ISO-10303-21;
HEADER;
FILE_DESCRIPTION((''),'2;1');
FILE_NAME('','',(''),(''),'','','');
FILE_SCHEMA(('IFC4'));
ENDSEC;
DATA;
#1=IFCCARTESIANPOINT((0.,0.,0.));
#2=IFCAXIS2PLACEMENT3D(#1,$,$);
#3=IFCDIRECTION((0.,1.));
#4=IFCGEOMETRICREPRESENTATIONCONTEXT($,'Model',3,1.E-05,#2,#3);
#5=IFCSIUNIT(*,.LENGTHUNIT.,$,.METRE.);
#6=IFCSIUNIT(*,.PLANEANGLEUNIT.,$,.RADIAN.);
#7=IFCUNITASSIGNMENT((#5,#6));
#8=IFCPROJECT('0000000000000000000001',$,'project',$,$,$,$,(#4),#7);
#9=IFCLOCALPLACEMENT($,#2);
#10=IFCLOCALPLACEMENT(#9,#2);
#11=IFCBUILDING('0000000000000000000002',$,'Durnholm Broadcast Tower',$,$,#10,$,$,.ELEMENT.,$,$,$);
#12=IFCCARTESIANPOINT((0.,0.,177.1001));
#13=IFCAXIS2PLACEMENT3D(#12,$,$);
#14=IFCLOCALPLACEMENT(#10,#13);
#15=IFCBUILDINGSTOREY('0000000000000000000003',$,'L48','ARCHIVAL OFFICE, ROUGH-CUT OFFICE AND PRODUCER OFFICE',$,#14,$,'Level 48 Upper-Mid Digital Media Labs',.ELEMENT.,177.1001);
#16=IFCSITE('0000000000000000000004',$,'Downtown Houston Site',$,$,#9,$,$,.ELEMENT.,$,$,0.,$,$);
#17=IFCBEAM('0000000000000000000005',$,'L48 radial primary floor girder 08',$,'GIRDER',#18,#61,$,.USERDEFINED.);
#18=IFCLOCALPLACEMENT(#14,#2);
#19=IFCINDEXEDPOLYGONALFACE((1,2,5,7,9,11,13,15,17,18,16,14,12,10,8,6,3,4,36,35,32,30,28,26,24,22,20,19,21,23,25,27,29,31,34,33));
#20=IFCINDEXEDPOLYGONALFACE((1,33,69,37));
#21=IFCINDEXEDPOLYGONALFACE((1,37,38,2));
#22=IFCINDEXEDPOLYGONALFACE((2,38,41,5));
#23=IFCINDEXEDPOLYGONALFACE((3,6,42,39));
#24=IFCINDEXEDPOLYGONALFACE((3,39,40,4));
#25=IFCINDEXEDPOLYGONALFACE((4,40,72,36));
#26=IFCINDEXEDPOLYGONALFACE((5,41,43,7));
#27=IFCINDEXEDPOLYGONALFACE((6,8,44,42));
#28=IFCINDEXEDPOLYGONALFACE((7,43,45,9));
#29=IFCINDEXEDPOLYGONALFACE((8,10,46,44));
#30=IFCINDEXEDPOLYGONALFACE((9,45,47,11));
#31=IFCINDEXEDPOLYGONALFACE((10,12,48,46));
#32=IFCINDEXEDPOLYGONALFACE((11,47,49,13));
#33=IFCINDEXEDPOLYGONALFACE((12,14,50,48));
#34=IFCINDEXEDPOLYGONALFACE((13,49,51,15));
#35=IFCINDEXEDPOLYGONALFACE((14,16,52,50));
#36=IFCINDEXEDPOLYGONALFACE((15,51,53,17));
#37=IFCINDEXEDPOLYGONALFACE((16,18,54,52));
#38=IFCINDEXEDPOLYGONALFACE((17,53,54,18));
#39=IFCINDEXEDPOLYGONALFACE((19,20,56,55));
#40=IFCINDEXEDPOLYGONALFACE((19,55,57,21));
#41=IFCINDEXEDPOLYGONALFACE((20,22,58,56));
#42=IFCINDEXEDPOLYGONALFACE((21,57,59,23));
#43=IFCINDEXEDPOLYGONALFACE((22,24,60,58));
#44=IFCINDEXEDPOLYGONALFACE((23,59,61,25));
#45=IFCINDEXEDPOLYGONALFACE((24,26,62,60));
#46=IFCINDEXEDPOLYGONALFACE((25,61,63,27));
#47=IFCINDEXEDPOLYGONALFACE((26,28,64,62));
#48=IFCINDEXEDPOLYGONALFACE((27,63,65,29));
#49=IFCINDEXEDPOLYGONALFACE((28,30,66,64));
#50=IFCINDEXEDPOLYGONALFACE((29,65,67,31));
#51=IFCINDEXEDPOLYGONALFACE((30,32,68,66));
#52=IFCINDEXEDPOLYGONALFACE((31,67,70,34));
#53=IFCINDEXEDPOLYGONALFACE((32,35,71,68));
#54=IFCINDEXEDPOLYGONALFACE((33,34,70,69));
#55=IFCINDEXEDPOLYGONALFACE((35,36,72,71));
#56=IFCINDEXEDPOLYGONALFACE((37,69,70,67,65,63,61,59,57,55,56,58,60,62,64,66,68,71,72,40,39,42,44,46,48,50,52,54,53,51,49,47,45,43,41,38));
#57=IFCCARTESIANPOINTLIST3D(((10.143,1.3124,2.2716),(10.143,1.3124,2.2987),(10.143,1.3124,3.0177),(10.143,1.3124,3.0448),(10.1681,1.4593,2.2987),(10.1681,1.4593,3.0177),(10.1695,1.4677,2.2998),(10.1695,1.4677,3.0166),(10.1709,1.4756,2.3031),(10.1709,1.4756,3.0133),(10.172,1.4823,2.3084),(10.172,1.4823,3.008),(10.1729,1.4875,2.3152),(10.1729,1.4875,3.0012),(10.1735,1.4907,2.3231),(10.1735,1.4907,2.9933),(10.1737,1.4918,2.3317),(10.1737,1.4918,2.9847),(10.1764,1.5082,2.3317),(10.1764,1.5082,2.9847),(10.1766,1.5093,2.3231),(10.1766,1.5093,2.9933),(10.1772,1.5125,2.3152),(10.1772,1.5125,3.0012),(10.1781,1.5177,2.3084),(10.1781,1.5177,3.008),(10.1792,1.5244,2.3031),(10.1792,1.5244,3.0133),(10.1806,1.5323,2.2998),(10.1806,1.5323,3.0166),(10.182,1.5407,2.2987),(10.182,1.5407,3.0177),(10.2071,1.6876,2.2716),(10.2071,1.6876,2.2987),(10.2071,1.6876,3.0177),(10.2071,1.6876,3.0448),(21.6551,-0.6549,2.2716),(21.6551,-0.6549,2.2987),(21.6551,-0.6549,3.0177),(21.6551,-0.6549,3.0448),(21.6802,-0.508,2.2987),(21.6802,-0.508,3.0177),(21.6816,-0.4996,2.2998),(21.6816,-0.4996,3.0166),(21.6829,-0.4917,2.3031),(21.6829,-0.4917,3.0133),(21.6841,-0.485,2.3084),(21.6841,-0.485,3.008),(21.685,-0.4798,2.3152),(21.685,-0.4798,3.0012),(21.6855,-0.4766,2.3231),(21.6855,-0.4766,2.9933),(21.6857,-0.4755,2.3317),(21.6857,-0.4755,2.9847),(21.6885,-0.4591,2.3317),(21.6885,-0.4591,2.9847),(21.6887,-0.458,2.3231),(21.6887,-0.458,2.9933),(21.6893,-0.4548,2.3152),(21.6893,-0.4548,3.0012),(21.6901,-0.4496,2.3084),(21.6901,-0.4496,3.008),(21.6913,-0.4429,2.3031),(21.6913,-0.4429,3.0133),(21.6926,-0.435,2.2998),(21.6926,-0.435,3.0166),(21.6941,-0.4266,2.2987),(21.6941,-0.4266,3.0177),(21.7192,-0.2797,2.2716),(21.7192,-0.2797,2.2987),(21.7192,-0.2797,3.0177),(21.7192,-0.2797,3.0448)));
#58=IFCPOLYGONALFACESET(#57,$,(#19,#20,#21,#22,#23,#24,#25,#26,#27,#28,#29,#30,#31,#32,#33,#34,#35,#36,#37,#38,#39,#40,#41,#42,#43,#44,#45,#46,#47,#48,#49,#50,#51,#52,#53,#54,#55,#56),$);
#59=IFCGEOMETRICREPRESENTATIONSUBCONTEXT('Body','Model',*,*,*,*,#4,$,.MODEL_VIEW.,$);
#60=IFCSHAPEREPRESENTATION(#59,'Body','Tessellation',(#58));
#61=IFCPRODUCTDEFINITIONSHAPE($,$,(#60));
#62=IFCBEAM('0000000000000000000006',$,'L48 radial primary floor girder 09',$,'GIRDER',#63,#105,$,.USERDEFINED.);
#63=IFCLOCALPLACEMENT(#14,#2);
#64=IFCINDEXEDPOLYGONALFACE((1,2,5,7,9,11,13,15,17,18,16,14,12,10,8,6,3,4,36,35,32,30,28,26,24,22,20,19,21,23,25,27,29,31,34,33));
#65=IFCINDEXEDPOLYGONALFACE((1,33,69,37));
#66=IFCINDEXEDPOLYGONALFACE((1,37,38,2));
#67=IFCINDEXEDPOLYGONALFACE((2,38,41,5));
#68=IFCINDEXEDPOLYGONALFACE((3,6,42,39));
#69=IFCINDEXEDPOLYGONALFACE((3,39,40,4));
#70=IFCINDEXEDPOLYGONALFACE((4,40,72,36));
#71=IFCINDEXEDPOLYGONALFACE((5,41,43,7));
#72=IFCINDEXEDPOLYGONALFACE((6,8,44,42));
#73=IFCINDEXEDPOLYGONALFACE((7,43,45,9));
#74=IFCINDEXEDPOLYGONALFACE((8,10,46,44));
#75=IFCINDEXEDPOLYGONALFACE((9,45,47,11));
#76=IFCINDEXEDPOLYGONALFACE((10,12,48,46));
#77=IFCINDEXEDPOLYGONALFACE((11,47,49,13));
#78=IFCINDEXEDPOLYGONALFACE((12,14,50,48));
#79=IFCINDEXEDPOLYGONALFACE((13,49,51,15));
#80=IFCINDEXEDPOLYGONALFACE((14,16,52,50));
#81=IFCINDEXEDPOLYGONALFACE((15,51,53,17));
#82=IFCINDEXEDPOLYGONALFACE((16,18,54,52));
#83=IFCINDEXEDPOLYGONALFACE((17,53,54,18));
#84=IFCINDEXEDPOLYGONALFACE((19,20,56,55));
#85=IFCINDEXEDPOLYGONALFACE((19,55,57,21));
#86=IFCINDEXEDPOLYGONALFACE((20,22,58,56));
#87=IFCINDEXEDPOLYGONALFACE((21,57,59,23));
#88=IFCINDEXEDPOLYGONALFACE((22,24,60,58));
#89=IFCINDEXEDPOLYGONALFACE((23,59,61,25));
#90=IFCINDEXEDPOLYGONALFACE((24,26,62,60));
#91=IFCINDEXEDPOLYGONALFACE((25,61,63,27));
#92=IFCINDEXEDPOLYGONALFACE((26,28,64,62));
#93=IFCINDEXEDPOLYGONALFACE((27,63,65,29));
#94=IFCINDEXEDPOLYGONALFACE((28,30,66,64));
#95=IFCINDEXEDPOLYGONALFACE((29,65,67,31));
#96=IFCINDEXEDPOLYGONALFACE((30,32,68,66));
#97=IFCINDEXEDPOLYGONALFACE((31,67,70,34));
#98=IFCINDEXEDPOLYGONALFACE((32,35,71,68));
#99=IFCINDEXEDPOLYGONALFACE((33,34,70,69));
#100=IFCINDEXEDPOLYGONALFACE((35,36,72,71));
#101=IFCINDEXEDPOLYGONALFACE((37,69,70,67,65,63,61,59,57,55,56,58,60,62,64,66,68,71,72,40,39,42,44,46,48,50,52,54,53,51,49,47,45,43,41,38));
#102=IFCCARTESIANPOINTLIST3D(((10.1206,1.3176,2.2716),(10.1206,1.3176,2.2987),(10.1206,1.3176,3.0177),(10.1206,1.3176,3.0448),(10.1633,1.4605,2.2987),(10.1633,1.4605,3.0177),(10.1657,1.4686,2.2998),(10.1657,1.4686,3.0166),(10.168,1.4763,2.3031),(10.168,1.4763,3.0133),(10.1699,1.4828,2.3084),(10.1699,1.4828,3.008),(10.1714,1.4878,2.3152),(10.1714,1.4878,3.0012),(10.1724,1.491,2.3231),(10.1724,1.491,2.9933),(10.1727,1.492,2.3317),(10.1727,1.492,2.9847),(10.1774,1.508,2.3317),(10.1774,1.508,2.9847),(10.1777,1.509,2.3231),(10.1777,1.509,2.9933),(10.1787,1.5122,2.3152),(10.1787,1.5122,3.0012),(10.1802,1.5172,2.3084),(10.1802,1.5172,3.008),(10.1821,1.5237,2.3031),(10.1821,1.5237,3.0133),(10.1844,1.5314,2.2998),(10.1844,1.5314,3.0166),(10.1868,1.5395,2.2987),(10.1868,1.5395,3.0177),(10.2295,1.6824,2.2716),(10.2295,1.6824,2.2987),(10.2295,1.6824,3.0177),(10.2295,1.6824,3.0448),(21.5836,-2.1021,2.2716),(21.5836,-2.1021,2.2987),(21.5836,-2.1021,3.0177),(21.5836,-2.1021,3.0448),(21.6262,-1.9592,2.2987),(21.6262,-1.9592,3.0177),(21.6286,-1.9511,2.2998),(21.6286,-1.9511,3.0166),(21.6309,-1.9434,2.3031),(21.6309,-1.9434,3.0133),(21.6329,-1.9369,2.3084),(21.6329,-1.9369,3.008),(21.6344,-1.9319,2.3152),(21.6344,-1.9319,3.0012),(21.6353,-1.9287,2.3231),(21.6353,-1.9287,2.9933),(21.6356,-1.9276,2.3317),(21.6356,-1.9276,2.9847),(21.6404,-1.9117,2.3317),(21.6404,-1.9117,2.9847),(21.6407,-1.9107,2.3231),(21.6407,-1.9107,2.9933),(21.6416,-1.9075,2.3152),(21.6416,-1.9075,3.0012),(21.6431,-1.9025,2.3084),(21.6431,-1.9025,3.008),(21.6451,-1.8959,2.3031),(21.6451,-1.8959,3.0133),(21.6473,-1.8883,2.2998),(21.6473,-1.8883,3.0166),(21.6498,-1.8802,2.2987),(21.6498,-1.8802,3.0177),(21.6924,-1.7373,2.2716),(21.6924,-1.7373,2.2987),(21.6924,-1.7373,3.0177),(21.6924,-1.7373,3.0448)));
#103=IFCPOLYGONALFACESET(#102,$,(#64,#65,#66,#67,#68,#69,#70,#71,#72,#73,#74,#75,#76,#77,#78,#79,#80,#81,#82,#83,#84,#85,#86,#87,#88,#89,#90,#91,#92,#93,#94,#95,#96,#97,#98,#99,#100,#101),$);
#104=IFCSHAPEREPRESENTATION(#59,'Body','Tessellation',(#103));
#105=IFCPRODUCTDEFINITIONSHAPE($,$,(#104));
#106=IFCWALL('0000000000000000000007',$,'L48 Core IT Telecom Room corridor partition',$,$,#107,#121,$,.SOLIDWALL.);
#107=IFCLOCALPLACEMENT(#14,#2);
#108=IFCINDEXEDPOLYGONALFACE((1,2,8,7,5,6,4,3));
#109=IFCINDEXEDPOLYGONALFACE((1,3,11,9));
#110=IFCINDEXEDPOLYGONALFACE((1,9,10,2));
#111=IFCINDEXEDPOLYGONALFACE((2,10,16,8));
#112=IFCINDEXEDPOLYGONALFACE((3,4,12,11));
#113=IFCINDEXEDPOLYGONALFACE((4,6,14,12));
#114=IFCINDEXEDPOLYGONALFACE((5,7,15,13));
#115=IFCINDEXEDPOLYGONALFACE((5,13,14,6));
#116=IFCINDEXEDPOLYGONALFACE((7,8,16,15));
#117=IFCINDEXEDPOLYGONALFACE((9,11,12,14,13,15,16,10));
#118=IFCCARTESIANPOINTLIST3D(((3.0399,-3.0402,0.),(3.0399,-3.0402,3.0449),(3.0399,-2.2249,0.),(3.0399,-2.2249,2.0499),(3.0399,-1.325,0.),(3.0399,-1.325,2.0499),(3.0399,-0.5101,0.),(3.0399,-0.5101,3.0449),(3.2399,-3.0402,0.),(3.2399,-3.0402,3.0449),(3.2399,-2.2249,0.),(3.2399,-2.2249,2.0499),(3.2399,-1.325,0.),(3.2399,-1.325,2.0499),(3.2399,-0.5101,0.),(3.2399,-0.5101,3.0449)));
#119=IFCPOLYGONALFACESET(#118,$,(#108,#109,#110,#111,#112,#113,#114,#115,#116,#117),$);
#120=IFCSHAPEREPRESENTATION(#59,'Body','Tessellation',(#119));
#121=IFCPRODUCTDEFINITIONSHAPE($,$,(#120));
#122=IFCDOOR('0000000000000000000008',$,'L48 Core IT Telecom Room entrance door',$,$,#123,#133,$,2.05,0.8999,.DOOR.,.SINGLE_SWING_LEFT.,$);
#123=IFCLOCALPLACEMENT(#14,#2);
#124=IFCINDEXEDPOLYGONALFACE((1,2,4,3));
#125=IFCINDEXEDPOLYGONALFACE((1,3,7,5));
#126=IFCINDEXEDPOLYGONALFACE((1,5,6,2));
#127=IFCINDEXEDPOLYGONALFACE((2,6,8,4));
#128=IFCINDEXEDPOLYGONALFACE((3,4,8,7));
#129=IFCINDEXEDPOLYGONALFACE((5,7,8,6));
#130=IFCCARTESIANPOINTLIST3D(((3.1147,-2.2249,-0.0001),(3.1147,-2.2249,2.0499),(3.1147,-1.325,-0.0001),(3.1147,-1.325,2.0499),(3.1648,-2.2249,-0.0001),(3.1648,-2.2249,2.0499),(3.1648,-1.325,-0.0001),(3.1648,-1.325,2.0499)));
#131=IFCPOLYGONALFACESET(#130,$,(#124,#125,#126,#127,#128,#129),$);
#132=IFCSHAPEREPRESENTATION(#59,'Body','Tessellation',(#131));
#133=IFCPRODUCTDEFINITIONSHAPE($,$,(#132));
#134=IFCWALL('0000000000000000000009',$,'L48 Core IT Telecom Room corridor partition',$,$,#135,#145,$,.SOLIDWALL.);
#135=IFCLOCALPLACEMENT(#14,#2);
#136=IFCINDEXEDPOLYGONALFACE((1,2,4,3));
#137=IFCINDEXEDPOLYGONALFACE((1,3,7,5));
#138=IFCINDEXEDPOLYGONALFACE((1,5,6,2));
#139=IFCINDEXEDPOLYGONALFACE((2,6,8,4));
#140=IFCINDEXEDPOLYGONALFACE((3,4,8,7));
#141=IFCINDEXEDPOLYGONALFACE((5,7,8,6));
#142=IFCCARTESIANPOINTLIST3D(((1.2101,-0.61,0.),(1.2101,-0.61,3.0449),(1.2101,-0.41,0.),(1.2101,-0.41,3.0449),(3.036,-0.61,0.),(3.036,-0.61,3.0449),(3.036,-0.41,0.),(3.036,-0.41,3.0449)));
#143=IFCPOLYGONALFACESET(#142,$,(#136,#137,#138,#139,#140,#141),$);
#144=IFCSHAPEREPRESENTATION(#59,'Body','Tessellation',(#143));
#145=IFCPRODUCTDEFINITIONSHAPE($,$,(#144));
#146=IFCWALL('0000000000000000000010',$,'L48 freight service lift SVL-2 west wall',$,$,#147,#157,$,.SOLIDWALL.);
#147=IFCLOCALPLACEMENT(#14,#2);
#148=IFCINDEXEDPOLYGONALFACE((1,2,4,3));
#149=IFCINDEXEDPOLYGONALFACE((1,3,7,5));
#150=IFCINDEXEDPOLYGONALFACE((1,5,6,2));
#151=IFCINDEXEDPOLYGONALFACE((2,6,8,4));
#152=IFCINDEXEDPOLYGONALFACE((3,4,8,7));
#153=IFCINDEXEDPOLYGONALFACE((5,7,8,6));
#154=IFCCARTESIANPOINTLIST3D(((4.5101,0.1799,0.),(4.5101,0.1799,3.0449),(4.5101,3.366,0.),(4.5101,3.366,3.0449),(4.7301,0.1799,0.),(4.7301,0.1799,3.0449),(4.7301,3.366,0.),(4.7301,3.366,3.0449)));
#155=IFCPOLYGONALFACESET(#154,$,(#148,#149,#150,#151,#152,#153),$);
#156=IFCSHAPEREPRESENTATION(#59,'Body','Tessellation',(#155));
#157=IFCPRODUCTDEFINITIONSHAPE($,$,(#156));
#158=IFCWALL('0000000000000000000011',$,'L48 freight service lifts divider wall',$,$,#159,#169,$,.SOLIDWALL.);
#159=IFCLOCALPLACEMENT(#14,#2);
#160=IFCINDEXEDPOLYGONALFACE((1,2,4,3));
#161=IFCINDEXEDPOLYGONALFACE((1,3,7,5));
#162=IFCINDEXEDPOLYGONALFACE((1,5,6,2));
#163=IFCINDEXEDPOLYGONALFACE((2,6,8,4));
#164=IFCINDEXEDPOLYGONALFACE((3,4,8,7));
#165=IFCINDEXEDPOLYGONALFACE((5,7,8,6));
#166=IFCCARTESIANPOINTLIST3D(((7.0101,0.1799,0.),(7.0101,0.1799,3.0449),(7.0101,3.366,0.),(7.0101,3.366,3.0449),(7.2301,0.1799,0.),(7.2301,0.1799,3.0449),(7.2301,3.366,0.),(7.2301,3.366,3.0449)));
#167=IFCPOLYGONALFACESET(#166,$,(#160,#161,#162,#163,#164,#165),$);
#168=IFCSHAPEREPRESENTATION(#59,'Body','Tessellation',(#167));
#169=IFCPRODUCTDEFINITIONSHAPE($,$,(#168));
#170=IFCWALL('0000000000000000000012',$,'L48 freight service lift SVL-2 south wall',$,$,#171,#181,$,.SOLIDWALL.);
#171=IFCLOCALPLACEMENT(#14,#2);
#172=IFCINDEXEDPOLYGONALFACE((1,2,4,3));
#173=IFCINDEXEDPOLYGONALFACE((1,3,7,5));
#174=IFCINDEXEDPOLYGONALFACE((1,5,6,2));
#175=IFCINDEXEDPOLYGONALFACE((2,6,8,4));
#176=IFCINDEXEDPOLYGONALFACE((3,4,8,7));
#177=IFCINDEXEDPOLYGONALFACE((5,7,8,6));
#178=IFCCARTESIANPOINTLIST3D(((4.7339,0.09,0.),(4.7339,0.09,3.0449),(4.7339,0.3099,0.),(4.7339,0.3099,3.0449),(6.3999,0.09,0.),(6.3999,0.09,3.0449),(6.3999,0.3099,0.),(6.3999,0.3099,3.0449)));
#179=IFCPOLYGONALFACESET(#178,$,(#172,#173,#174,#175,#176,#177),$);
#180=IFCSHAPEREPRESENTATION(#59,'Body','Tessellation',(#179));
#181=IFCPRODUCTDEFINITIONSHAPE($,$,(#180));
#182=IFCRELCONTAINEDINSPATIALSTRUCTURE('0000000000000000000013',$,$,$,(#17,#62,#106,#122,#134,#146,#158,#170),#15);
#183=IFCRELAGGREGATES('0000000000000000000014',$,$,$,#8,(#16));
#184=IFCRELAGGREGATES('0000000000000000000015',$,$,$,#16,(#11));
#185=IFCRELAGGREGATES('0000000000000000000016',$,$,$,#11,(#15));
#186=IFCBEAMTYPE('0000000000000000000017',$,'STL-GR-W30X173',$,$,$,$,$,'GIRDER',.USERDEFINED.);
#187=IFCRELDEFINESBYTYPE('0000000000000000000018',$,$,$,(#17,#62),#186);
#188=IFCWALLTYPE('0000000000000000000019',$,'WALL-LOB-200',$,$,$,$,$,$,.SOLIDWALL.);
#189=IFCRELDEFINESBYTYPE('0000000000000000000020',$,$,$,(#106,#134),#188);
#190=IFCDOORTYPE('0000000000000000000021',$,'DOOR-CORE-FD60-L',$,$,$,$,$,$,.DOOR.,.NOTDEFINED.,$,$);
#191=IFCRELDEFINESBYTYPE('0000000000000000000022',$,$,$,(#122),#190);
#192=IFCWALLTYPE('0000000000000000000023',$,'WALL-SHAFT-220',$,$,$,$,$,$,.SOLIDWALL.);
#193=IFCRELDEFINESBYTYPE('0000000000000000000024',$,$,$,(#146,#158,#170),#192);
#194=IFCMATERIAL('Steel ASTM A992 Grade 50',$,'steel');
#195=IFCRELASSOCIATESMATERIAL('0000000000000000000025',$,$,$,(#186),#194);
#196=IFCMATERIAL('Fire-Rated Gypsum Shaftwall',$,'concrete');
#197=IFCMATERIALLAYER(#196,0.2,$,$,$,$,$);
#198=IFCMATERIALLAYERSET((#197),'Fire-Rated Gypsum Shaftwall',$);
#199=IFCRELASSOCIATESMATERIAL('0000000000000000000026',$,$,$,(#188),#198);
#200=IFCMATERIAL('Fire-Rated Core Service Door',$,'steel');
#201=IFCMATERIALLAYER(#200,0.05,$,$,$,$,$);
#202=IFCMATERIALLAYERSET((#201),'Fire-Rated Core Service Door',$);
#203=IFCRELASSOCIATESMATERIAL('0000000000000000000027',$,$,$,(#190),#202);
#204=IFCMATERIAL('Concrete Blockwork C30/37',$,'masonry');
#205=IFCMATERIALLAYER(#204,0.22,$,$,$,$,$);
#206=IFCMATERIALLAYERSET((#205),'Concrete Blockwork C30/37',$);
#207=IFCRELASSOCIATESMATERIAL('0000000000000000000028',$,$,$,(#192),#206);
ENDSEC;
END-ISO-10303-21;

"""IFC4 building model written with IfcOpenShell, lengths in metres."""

from ifc_helpers import new_model, si_unit, direction, frame, frame_2d, origin, origin_2d, place, context, subcontext, project, spatial, rectangle, i_section, extrude, source, transform, mapped, material, layer, layer_set, material_profile, profile_set, type_object, type_shapes, element, fill, save


model = new_model("IFC4")

# Units and contexts
model_context = context("Model", 3, precision=1e-05, world=origin(), true_north=direction((0.0, 1.0)))
body_context = subcontext(model_context, "Body", "Model", "MODEL_VIEW")
ifc_project = project(units=[si_unit("LENGTHUNIT", "METRE"), si_unit("PLANEANGLEUNIT", "RADIAN")], contexts=[model_context])

# Site, building, storey
site_placement = place(None, origin())
site = spatial("IfcSite", under=ifc_project, at=site_placement, Name="Downtown Houston Site", CompositionType="ELEMENT", RefElevation=0.0)
building_placement = place(site_placement, origin())
building = spatial("IfcBuilding", under=site, at=building_placement, Name="Durnholm Broadcast Tower", CompositionType="ELEMENT")
storey_placement = place(building_placement, frame((0.0, 0.0, 177.1001)))
storey = spatial("IfcBuildingStorey", under=building, at=storey_placement, Name="L48", Description="ARCHIVAL OFFICE, ROUGH-CUT OFFICE AND PRODUCER OFFICE", LongName="Level 48 Upper-Mid Digital Media Labs", CompositionType="ELEMENT", Elevation=177.1001)

# Beams
ifc_material_1 = material(Name="Steel ASTM A992 Grade 50", Category="steel")
ifc_material_profile = material_profile(ifc_material_1, i_section(OverallWidth=0.3806, OverallDepth=0.7732, WebThickness=0.0166, FlangeThickness=0.0271, FilletRadius=0.033, at=origin_2d()), Name="W30X173")
ifc_profile_set = profile_set([ifc_material_profile], Name="Steel ASTM A992 Grade 50")
beam_type = type_object("IfcBeamType", Name="STL-GR-W30X173", ElementType="GIRDER", PredefinedType="USERDEFINED", material=ifc_profile_set)
shared_shape_1 = source(origin(), body_context, "Body", "SweptSolid", [
    extrude(i_section(OverallWidth=0.3806, OverallDepth=0.7732, WebThickness=0.0166, FlangeThickness=0.0271, FilletRadius=0.033, at=origin_2d()), origin(), (0.0, 0.0, 1.0), 11.679),
])
beam_1_placement = place(storey_placement, frame((10.175, 1.5, 2.6582), z_axis=(0.98571, -0.168449, 0.0), x_axis=(0.168449, 0.98571, 0.0)))
element("IfcBeam", 1, at=beam_1_placement, inside=storey, type_object=beam_type, Name="L48 radial primary floor girder 08", ObjectType="GIRDER", PredefinedType="USERDEFINED", context=body_context, shape_type="MappedRepresentation", body=[
    mapped(shared_shape_1, transform((0.0, 0.0, 0.0), x_axis=(1.0, 0.0, 0.0), y_axis=(0.0, 1.0, 0.0), z_axis=(0.0, 0.0, 1.0), scale=1.0)),
])
shared_shape_2 = source(origin(), body_context, "Body", "SweptSolid", [
    extrude(i_section(OverallWidth=0.3806, OverallDepth=0.7732, WebThickness=0.0166, FlangeThickness=0.0271, FilletRadius=0.033, at=origin_2d()), origin(), (0.0, 0.0, 1.0), 11.9622),
])
type_shapes(beam_type, [shared_shape_1, shared_shape_2])
beam_2_placement = place(storey_placement, frame((10.175, 1.5, 2.6582), z_axis=(0.958267, -0.285876, 0.0), x_axis=(0.285876, 0.958267, 0.0)))
element("IfcBeam", 2, at=beam_2_placement, inside=storey, type_object=beam_type, Name="L48 radial primary floor girder 09", ObjectType="GIRDER", PredefinedType="USERDEFINED", context=body_context, shape_type="MappedRepresentation", body=[
    mapped(shared_shape_2, transform((0.0, 0.0, 0.0), x_axis=(1.0, 0.0, 0.0), y_axis=(0.0, 1.0, 0.0), z_axis=(0.0, 0.0, 1.0), scale=1.0)),
])

# Wall, opening, door
ifc_material_2 = material(Name="Fire-Rated Gypsum Shaftwall", Category="concrete")
ifc_layer_1 = layer(ifc_material_2, 0.2)
ifc_layer_set_1 = layer_set([ifc_layer_1], Name="Fire-Rated Gypsum Shaftwall")
wall_type_1 = type_object("IfcWallType", Name="WALL-LOB-200", PredefinedType="SOLIDWALL", material=ifc_layer_set_1)
wall_1_placement = place(storey_placement, frame((3.1399, -0.51, 0.0), z_axis=(0.0, 0.0, 1.0), x_axis=(0.0, -1.0, 0.0)))
wall_1 = element("IfcWall", 3, at=wall_1_placement, inside=storey, type_object=wall_type_1, Name="L48 Core IT Telecom Room corridor partition", PredefinedType="SOLIDWALL", context=body_context, shape_type="SweptSolid", body=[
    extrude(rectangle(XDim=2.53, YDim=0.2, at=frame_2d((1.2651, 0.0))), origin(), (0.0, 0.0, 1.0), 3.0449),
])
opening_1_placement = place(wall_1_placement, frame((0.8149, 0.0, 0.0)))
opening_1 = element("IfcOpeningElement", 4, at=opening_1_placement, cuts=wall_1, PredefinedType="OPENING", context=body_context, shape_type="SweptSolid", body=[
    extrude(rectangle(XDim=0.8999, YDim=2.05, at=frame_2d((0.45, 1.0249))), frame((0.0, 0.1099, 0.0), z_axis=(0.0, -1.0, 0.0), x_axis=(1.0, 0.0, 0.0)), (0.0, 0.0, 1.0), 0.22),
])
ifc_material_3 = material(Name="Fire-Rated Core Service Door", Category="steel")
ifc_layer_2 = layer(ifc_material_3, 0.05)
ifc_layer_set_2 = layer_set([ifc_layer_2], Name="Fire-Rated Core Service Door")
door_type_1 = type_object("IfcDoorType", Name="DOOR-CORE-FD60-L", OperationType="NOTDEFINED", PredefinedType="DOOR", material=ifc_layer_set_2)
shared_shape_3 = source(origin(), body_context, "Body", "SweptSolid", [
    extrude(rectangle(XDim=0.8999, YDim=2.05, at=frame_2d((0.45, 1.0249))), frame((0.0, 0.0249, 0.0), z_axis=(0.0, -1.0, 0.0), x_axis=(1.0, 0.0, 0.0)), (0.0, 0.0, 1.0), 0.05),
])
type_shapes(door_type_1, [shared_shape_3])
door_1_placement = place(opening_1_placement, origin())
door_1 = element("IfcDoor", 5, at=door_1_placement, inside=storey, type_object=door_type_1, Name="L48 Core IT Telecom Room entrance door", OperationType="SINGLE_SWING_LEFT", OverallHeight=2.05, OverallWidth=0.8999, PredefinedType="DOOR", context=body_context, shape_type="MappedRepresentation", body=[
    mapped(shared_shape_3, transform((0.0, 0.0, 0.0), x_axis=(1.0, 0.0, 0.0), y_axis=(0.0, 1.0, 0.0), z_axis=(0.0, 0.0, 1.0), scale=1.0)),
])
fill(opening_1, door_1)

# Wall
wall_2_placement = place(storey_placement, frame((1.21, -0.51, 0.0), z_axis=(0.0, 0.0, 1.0), x_axis=(1.0, 0.0, 0.0)))
element("IfcWall", 6, at=wall_2_placement, inside=storey, type_object=wall_type_1, Name="L48 Core IT Telecom Room corridor partition", PredefinedType="SOLIDWALL", context=body_context, shape_type="SweptSolid", body=[
    extrude(rectangle(XDim=1.8259, YDim=0.2, at=frame_2d((0.9131, 0.0))), origin(), (0.0, 0.0, 1.0), 3.0449),
])

# Shared definitions
ifc_material_4 = material(Name="Concrete Blockwork C30/37", Category="masonry")
ifc_layer_3 = layer(ifc_material_4, 0.22)
ifc_layer_set_3 = layer_set([ifc_layer_3], Name="Concrete Blockwork C30/37")
wall_type_2 = type_object("IfcWallType", Name="WALL-SHAFT-220", PredefinedType="SOLIDWALL", material=ifc_layer_set_3)

# Walls
for number, where, z_axis, x_axis, name in (
    (7, (4.6201, 0.1799, 0.0), (0.0, 0.0, 1.0), (0.0, 1.0, 0.0), "L48 freight service lift SVL-2 west wall"),
    (8, (7.1201, 0.1799, 0.0), (0.0, 0.0, 1.0), (0.0, 1.0, 0.0), "L48 freight service lifts divider wall"),
):
    element("IfcWall", number, at=place(storey_placement, frame(where, z_axis=z_axis, x_axis=x_axis)), inside=storey, type_object=wall_type_2, Name=name, PredefinedType="SOLIDWALL", context=body_context, shape_type="SweptSolid", body=[
        extrude(rectangle(XDim=3.186, YDim=0.22, at=frame_2d((1.593, 0.0))), origin(), (0.0, 0.0, 1.0), 3.0449),
    ])
wall_3_placement = place(storey_placement, frame((4.7339, 0.2, 0.0), z_axis=(0.0, 0.0, 1.0), x_axis=(1.0, 0.0, 0.0)))
element("IfcWall", 9, at=wall_3_placement, inside=storey, type_object=wall_type_2, Name="L48 freight service lift SVL-2 south wall", PredefinedType="SOLIDWALL", context=body_context, shape_type="SweptSolid", body=[
    extrude(rectangle(XDim=1.666, YDim=0.22, at=frame_2d((0.833, 0.0))), origin(), (0.0, 0.0, 1.0), 3.0449),
])

save(model, "model.ifc")
